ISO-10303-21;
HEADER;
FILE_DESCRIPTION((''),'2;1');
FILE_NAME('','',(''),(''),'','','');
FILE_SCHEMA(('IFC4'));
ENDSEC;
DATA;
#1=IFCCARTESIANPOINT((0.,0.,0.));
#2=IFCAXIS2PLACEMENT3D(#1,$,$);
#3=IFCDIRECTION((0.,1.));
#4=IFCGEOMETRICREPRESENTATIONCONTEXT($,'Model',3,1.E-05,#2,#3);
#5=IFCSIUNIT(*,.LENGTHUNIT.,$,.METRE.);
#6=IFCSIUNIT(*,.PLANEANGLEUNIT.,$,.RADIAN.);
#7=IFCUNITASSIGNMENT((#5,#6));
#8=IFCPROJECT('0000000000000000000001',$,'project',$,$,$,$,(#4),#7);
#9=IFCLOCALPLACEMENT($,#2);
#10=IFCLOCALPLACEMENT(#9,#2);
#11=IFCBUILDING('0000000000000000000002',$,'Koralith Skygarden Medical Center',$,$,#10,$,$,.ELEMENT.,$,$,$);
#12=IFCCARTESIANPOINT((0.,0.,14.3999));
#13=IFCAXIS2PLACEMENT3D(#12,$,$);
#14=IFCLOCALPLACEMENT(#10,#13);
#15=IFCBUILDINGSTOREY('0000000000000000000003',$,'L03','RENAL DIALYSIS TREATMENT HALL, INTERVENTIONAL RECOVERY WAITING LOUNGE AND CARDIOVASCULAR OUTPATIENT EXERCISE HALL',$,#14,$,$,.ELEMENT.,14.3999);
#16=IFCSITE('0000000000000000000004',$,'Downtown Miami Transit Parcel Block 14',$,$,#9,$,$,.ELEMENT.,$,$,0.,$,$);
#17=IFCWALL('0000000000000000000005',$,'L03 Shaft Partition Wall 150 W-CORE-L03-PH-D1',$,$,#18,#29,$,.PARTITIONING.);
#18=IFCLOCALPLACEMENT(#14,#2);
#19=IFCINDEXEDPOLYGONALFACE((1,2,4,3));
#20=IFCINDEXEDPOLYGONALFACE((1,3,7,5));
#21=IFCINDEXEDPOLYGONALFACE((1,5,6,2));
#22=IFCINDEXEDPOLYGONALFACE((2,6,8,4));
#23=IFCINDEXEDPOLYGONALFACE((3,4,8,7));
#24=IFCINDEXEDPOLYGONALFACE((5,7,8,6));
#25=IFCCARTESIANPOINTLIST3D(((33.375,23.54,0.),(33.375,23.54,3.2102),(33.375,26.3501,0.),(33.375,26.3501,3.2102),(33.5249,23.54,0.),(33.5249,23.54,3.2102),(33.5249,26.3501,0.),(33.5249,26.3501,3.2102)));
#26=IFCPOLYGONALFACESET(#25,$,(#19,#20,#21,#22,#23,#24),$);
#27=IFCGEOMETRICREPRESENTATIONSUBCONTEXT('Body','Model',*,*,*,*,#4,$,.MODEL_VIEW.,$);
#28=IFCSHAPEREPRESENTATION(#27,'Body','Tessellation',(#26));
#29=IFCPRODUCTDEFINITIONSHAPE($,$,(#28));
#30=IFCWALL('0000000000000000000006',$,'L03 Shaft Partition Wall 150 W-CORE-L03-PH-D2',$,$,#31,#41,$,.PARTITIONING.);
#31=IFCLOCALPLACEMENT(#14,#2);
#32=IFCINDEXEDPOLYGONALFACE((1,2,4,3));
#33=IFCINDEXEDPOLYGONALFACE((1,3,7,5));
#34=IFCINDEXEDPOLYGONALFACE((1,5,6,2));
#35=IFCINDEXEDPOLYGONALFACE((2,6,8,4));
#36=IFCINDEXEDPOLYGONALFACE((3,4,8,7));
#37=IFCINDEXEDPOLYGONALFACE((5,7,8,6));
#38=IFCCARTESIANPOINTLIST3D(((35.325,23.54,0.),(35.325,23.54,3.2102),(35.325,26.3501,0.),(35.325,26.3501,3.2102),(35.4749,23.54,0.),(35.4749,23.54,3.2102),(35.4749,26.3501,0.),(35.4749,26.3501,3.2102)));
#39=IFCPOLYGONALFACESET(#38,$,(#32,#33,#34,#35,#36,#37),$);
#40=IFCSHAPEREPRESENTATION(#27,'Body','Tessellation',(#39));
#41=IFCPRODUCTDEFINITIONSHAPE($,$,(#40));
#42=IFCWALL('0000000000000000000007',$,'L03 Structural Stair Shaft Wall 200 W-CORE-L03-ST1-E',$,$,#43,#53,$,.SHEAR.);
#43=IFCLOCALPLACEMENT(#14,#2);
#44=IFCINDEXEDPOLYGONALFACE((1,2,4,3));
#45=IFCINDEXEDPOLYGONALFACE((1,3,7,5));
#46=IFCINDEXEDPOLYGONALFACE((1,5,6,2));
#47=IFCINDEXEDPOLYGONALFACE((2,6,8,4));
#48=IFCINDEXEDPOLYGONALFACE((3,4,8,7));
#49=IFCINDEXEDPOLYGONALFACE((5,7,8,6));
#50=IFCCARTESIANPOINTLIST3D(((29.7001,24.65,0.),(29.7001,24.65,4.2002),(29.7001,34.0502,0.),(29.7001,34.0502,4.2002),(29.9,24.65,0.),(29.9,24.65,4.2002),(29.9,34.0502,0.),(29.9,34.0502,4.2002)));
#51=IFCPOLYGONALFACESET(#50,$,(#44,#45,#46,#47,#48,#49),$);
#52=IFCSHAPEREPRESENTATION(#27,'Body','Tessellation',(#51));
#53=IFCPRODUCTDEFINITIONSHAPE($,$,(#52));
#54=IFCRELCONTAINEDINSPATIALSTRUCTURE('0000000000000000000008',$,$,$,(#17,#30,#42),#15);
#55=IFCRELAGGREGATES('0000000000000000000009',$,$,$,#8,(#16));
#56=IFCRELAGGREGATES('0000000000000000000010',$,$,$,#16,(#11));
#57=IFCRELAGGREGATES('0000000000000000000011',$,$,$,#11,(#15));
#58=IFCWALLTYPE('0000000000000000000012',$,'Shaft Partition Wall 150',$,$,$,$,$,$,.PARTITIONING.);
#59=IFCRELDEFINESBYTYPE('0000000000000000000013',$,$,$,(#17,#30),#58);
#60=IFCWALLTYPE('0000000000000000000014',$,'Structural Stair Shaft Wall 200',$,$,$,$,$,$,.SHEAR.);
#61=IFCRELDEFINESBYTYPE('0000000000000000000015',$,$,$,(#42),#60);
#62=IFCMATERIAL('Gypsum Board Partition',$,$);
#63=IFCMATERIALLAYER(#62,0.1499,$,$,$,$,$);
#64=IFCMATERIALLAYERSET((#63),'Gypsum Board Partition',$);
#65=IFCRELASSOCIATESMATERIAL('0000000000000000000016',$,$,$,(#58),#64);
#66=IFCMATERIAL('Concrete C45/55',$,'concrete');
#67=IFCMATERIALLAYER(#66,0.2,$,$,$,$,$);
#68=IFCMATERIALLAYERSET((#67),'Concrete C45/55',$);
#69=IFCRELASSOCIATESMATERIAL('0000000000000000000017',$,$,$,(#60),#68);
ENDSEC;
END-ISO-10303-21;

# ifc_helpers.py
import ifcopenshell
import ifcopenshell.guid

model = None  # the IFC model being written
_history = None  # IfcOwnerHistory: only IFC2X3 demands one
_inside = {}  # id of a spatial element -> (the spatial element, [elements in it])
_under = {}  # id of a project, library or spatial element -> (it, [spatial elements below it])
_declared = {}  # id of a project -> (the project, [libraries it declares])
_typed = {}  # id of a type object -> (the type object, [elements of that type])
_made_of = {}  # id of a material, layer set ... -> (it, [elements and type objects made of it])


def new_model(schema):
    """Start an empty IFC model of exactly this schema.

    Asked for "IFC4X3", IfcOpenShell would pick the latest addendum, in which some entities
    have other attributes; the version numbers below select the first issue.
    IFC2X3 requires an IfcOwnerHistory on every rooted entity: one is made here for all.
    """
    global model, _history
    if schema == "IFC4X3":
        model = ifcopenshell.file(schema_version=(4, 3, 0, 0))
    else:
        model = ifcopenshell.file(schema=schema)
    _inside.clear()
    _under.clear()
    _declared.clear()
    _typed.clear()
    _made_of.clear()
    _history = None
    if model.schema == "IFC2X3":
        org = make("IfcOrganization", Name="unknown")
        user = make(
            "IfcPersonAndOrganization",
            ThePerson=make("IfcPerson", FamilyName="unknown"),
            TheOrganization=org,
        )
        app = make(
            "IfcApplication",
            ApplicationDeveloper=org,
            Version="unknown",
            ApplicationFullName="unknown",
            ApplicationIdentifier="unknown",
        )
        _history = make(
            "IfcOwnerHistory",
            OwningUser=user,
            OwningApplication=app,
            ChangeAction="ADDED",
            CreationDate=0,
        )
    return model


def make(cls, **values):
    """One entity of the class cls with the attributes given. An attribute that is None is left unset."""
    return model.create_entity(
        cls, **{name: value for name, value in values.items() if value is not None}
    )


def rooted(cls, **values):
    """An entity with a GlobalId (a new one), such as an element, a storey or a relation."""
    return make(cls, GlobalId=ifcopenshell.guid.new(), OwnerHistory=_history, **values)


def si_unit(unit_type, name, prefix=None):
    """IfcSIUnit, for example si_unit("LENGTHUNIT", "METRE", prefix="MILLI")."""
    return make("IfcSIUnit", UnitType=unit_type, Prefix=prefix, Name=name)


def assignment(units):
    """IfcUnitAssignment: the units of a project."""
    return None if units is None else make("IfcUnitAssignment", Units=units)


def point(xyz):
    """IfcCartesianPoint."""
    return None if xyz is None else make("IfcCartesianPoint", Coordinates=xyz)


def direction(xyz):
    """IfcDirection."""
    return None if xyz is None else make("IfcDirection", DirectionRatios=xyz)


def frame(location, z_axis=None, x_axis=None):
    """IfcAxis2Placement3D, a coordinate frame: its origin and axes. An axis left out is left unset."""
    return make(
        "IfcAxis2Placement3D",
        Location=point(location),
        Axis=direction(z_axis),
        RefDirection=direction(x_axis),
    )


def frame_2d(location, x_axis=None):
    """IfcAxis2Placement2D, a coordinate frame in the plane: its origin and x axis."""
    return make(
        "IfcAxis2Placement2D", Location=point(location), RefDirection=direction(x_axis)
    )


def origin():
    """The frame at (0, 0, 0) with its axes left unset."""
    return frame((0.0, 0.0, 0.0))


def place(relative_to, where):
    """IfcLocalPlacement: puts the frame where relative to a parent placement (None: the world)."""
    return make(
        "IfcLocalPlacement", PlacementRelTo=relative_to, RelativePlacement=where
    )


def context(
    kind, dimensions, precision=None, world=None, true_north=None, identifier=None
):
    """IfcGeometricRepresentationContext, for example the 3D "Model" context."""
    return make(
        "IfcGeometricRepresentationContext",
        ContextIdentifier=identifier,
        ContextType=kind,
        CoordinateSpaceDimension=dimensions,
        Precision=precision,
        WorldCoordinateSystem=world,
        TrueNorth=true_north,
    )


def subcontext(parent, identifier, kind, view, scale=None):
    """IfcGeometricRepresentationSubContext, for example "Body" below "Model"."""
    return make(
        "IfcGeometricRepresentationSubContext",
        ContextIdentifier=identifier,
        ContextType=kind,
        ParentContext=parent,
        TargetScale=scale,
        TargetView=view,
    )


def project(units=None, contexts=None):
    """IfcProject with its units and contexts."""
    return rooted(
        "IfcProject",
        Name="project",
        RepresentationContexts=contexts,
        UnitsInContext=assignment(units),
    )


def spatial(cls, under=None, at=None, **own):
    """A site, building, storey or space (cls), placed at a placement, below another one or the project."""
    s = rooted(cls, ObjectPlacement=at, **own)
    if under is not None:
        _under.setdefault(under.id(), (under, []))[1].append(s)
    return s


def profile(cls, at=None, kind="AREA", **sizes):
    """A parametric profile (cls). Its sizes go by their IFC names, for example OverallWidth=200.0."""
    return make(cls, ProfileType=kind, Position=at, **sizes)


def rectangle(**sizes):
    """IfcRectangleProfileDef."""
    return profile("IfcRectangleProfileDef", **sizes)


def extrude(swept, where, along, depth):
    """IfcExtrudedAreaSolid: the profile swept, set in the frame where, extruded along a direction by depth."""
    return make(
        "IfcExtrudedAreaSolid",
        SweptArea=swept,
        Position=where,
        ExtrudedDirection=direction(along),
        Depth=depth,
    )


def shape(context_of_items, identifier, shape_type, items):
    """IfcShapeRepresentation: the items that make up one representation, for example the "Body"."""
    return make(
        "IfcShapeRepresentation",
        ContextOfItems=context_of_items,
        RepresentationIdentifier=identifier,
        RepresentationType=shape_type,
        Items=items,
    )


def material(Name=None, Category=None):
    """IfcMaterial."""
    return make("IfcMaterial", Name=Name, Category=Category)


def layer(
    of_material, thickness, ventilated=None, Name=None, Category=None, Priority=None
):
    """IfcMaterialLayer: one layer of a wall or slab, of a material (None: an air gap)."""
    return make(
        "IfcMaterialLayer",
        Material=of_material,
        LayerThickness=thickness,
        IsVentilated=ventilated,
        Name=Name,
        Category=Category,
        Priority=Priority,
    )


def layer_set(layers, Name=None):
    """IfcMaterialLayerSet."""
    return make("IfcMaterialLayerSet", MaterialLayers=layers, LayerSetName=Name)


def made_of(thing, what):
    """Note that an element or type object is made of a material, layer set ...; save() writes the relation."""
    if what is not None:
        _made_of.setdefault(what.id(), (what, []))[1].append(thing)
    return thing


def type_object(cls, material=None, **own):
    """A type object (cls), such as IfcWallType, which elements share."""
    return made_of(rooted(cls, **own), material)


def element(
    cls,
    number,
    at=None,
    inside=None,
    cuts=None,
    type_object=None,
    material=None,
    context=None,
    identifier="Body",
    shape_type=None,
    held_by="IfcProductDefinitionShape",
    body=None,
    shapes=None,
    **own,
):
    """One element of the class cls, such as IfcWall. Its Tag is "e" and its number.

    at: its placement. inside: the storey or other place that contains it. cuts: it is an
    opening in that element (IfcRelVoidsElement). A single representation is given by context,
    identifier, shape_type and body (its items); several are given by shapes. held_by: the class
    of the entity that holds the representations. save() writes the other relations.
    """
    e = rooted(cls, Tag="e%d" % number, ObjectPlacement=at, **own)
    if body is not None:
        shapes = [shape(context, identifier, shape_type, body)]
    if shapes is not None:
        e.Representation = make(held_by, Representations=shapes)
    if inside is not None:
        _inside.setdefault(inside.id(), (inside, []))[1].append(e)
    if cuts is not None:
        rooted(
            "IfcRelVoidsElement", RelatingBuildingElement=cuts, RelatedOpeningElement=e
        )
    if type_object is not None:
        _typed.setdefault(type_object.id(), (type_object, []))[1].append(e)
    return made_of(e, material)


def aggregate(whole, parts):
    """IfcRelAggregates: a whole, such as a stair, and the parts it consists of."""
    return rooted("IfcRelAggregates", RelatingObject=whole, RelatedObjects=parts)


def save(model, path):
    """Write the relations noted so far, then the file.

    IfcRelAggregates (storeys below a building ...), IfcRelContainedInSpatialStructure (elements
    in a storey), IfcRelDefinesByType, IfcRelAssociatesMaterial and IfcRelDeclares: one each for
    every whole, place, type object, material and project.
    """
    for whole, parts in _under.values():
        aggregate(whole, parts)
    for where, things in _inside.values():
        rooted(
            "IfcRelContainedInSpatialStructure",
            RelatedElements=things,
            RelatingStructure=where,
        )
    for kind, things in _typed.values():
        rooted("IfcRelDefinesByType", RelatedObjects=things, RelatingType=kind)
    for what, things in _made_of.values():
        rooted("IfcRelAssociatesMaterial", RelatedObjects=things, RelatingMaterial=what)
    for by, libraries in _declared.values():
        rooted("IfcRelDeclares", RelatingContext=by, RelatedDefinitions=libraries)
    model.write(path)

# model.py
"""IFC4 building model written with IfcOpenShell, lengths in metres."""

from ifc_helpers import new_model, si_unit, direction, frame, frame_2d, origin, place, context, subcontext, project, spatial, rectangle, extrude, material, layer, layer_set, type_object, element, save


model = new_model("IFC4")

# Units and contexts
model_context = context("Model", 3, precision=1e-05, world=origin(), true_north=direction((0.0, 1.0)))
body_context = subcontext(model_context, "Body", "Model", "MODEL_VIEW")
ifc_project = project(units=[si_unit("LENGTHUNIT", "METRE"), si_unit("PLANEANGLEUNIT", "RADIAN")], contexts=[model_context])

# Site, building, storey
site_placement = place(None, origin())
site = spatial("IfcSite", under=ifc_project, at=site_placement, Name="Downtown Miami Transit Parcel Block 14", CompositionType="ELEMENT", RefElevation=0.0)
building_placement = place(site_placement, origin())
building = spatial("IfcBuilding", under=site, at=building_placement, Name="Koralith Skygarden Medical Center", CompositionType="ELEMENT")
storey_placement = place(building_placement, frame((0.0, 0.0, 14.3999)))
storey = spatial("IfcBuildingStorey", under=building, at=storey_placement, Name="L03", Description="RENAL DIALYSIS TREATMENT HALL, INTERVENTIONAL RECOVERY WAITING LOUNGE AND CARDIOVASCULAR OUTPATIENT EXERCISE HALL", CompositionType="ELEMENT", Elevation=14.3999)

# Shared definitions
ifc_material_1 = material(Name="Gypsum Board Partition")

# Walls
ifc_layer_1 = layer(ifc_material_1, 0.1499)
ifc_layer_set_1 = layer_set([ifc_layer_1], Name="Gypsum Board Partition")
wall_type_1 = type_object("IfcWallType", Name="Shaft Partition Wall 150", PredefinedType="PARTITIONING", material=ifc_layer_set_1)
for number, where, z_axis, x_axis, name in (
    (1, (33.45, 23.54, 0.0), (0.0, 0.0, 1.0), (0.0, 1.0, 0.0), "L03 Shaft Partition Wall 150 W-CORE-L03-PH-D1"),
    (2, (35.3999, 23.54, 0.0), (0.0, 0.0, 1.0), (0.0, 1.0, 0.0), "L03 Shaft Partition Wall 150 W-CORE-L03-PH-D2"),
):
    element("IfcWall", number, at=place(storey_placement, frame(where, z_axis=z_axis, x_axis=x_axis)), inside=storey, type_object=wall_type_1, Name=name, PredefinedType="PARTITIONING", context=body_context, shape_type="SweptSolid", body=[
        extrude(rectangle(XDim=2.8101, YDim=0.1499, at=frame_2d((1.405, 0.0))), origin(), (0.0, 0.0, 1.0), 3.2102),
    ])
ifc_material_2 = material(Name="Concrete C45/55", Category="concrete")
ifc_layer_2 = layer(ifc_material_2, 0.2)
ifc_layer_set_2 = layer_set([ifc_layer_2], Name="Concrete C45/55")
wall_type_2 = type_object("IfcWallType", Name="Structural Stair Shaft Wall 200", PredefinedType="SHEAR", material=ifc_layer_set_2)
wall_1_placement = place(storey_placement, frame((29.8, 24.6499, 0.0), z_axis=(0.0, 0.0, 1.0), x_axis=(0.0, 1.0, 0.0)))
element("IfcWall", 3, at=wall_1_placement, inside=storey, type_object=wall_type_2, Name="L03 Structural Stair Shaft Wall 200 W-CORE-L03-ST1-E", PredefinedType="SHEAR", context=body_context, shape_type="SweptSolid", body=[
    extrude(rectangle(XDim=9.4001, YDim=0.2, at=frame_2d((4.7002, 0.0))), origin(), (0.0, 0.0, 1.0), 4.2002),
])

save(model, "model.ifc")
